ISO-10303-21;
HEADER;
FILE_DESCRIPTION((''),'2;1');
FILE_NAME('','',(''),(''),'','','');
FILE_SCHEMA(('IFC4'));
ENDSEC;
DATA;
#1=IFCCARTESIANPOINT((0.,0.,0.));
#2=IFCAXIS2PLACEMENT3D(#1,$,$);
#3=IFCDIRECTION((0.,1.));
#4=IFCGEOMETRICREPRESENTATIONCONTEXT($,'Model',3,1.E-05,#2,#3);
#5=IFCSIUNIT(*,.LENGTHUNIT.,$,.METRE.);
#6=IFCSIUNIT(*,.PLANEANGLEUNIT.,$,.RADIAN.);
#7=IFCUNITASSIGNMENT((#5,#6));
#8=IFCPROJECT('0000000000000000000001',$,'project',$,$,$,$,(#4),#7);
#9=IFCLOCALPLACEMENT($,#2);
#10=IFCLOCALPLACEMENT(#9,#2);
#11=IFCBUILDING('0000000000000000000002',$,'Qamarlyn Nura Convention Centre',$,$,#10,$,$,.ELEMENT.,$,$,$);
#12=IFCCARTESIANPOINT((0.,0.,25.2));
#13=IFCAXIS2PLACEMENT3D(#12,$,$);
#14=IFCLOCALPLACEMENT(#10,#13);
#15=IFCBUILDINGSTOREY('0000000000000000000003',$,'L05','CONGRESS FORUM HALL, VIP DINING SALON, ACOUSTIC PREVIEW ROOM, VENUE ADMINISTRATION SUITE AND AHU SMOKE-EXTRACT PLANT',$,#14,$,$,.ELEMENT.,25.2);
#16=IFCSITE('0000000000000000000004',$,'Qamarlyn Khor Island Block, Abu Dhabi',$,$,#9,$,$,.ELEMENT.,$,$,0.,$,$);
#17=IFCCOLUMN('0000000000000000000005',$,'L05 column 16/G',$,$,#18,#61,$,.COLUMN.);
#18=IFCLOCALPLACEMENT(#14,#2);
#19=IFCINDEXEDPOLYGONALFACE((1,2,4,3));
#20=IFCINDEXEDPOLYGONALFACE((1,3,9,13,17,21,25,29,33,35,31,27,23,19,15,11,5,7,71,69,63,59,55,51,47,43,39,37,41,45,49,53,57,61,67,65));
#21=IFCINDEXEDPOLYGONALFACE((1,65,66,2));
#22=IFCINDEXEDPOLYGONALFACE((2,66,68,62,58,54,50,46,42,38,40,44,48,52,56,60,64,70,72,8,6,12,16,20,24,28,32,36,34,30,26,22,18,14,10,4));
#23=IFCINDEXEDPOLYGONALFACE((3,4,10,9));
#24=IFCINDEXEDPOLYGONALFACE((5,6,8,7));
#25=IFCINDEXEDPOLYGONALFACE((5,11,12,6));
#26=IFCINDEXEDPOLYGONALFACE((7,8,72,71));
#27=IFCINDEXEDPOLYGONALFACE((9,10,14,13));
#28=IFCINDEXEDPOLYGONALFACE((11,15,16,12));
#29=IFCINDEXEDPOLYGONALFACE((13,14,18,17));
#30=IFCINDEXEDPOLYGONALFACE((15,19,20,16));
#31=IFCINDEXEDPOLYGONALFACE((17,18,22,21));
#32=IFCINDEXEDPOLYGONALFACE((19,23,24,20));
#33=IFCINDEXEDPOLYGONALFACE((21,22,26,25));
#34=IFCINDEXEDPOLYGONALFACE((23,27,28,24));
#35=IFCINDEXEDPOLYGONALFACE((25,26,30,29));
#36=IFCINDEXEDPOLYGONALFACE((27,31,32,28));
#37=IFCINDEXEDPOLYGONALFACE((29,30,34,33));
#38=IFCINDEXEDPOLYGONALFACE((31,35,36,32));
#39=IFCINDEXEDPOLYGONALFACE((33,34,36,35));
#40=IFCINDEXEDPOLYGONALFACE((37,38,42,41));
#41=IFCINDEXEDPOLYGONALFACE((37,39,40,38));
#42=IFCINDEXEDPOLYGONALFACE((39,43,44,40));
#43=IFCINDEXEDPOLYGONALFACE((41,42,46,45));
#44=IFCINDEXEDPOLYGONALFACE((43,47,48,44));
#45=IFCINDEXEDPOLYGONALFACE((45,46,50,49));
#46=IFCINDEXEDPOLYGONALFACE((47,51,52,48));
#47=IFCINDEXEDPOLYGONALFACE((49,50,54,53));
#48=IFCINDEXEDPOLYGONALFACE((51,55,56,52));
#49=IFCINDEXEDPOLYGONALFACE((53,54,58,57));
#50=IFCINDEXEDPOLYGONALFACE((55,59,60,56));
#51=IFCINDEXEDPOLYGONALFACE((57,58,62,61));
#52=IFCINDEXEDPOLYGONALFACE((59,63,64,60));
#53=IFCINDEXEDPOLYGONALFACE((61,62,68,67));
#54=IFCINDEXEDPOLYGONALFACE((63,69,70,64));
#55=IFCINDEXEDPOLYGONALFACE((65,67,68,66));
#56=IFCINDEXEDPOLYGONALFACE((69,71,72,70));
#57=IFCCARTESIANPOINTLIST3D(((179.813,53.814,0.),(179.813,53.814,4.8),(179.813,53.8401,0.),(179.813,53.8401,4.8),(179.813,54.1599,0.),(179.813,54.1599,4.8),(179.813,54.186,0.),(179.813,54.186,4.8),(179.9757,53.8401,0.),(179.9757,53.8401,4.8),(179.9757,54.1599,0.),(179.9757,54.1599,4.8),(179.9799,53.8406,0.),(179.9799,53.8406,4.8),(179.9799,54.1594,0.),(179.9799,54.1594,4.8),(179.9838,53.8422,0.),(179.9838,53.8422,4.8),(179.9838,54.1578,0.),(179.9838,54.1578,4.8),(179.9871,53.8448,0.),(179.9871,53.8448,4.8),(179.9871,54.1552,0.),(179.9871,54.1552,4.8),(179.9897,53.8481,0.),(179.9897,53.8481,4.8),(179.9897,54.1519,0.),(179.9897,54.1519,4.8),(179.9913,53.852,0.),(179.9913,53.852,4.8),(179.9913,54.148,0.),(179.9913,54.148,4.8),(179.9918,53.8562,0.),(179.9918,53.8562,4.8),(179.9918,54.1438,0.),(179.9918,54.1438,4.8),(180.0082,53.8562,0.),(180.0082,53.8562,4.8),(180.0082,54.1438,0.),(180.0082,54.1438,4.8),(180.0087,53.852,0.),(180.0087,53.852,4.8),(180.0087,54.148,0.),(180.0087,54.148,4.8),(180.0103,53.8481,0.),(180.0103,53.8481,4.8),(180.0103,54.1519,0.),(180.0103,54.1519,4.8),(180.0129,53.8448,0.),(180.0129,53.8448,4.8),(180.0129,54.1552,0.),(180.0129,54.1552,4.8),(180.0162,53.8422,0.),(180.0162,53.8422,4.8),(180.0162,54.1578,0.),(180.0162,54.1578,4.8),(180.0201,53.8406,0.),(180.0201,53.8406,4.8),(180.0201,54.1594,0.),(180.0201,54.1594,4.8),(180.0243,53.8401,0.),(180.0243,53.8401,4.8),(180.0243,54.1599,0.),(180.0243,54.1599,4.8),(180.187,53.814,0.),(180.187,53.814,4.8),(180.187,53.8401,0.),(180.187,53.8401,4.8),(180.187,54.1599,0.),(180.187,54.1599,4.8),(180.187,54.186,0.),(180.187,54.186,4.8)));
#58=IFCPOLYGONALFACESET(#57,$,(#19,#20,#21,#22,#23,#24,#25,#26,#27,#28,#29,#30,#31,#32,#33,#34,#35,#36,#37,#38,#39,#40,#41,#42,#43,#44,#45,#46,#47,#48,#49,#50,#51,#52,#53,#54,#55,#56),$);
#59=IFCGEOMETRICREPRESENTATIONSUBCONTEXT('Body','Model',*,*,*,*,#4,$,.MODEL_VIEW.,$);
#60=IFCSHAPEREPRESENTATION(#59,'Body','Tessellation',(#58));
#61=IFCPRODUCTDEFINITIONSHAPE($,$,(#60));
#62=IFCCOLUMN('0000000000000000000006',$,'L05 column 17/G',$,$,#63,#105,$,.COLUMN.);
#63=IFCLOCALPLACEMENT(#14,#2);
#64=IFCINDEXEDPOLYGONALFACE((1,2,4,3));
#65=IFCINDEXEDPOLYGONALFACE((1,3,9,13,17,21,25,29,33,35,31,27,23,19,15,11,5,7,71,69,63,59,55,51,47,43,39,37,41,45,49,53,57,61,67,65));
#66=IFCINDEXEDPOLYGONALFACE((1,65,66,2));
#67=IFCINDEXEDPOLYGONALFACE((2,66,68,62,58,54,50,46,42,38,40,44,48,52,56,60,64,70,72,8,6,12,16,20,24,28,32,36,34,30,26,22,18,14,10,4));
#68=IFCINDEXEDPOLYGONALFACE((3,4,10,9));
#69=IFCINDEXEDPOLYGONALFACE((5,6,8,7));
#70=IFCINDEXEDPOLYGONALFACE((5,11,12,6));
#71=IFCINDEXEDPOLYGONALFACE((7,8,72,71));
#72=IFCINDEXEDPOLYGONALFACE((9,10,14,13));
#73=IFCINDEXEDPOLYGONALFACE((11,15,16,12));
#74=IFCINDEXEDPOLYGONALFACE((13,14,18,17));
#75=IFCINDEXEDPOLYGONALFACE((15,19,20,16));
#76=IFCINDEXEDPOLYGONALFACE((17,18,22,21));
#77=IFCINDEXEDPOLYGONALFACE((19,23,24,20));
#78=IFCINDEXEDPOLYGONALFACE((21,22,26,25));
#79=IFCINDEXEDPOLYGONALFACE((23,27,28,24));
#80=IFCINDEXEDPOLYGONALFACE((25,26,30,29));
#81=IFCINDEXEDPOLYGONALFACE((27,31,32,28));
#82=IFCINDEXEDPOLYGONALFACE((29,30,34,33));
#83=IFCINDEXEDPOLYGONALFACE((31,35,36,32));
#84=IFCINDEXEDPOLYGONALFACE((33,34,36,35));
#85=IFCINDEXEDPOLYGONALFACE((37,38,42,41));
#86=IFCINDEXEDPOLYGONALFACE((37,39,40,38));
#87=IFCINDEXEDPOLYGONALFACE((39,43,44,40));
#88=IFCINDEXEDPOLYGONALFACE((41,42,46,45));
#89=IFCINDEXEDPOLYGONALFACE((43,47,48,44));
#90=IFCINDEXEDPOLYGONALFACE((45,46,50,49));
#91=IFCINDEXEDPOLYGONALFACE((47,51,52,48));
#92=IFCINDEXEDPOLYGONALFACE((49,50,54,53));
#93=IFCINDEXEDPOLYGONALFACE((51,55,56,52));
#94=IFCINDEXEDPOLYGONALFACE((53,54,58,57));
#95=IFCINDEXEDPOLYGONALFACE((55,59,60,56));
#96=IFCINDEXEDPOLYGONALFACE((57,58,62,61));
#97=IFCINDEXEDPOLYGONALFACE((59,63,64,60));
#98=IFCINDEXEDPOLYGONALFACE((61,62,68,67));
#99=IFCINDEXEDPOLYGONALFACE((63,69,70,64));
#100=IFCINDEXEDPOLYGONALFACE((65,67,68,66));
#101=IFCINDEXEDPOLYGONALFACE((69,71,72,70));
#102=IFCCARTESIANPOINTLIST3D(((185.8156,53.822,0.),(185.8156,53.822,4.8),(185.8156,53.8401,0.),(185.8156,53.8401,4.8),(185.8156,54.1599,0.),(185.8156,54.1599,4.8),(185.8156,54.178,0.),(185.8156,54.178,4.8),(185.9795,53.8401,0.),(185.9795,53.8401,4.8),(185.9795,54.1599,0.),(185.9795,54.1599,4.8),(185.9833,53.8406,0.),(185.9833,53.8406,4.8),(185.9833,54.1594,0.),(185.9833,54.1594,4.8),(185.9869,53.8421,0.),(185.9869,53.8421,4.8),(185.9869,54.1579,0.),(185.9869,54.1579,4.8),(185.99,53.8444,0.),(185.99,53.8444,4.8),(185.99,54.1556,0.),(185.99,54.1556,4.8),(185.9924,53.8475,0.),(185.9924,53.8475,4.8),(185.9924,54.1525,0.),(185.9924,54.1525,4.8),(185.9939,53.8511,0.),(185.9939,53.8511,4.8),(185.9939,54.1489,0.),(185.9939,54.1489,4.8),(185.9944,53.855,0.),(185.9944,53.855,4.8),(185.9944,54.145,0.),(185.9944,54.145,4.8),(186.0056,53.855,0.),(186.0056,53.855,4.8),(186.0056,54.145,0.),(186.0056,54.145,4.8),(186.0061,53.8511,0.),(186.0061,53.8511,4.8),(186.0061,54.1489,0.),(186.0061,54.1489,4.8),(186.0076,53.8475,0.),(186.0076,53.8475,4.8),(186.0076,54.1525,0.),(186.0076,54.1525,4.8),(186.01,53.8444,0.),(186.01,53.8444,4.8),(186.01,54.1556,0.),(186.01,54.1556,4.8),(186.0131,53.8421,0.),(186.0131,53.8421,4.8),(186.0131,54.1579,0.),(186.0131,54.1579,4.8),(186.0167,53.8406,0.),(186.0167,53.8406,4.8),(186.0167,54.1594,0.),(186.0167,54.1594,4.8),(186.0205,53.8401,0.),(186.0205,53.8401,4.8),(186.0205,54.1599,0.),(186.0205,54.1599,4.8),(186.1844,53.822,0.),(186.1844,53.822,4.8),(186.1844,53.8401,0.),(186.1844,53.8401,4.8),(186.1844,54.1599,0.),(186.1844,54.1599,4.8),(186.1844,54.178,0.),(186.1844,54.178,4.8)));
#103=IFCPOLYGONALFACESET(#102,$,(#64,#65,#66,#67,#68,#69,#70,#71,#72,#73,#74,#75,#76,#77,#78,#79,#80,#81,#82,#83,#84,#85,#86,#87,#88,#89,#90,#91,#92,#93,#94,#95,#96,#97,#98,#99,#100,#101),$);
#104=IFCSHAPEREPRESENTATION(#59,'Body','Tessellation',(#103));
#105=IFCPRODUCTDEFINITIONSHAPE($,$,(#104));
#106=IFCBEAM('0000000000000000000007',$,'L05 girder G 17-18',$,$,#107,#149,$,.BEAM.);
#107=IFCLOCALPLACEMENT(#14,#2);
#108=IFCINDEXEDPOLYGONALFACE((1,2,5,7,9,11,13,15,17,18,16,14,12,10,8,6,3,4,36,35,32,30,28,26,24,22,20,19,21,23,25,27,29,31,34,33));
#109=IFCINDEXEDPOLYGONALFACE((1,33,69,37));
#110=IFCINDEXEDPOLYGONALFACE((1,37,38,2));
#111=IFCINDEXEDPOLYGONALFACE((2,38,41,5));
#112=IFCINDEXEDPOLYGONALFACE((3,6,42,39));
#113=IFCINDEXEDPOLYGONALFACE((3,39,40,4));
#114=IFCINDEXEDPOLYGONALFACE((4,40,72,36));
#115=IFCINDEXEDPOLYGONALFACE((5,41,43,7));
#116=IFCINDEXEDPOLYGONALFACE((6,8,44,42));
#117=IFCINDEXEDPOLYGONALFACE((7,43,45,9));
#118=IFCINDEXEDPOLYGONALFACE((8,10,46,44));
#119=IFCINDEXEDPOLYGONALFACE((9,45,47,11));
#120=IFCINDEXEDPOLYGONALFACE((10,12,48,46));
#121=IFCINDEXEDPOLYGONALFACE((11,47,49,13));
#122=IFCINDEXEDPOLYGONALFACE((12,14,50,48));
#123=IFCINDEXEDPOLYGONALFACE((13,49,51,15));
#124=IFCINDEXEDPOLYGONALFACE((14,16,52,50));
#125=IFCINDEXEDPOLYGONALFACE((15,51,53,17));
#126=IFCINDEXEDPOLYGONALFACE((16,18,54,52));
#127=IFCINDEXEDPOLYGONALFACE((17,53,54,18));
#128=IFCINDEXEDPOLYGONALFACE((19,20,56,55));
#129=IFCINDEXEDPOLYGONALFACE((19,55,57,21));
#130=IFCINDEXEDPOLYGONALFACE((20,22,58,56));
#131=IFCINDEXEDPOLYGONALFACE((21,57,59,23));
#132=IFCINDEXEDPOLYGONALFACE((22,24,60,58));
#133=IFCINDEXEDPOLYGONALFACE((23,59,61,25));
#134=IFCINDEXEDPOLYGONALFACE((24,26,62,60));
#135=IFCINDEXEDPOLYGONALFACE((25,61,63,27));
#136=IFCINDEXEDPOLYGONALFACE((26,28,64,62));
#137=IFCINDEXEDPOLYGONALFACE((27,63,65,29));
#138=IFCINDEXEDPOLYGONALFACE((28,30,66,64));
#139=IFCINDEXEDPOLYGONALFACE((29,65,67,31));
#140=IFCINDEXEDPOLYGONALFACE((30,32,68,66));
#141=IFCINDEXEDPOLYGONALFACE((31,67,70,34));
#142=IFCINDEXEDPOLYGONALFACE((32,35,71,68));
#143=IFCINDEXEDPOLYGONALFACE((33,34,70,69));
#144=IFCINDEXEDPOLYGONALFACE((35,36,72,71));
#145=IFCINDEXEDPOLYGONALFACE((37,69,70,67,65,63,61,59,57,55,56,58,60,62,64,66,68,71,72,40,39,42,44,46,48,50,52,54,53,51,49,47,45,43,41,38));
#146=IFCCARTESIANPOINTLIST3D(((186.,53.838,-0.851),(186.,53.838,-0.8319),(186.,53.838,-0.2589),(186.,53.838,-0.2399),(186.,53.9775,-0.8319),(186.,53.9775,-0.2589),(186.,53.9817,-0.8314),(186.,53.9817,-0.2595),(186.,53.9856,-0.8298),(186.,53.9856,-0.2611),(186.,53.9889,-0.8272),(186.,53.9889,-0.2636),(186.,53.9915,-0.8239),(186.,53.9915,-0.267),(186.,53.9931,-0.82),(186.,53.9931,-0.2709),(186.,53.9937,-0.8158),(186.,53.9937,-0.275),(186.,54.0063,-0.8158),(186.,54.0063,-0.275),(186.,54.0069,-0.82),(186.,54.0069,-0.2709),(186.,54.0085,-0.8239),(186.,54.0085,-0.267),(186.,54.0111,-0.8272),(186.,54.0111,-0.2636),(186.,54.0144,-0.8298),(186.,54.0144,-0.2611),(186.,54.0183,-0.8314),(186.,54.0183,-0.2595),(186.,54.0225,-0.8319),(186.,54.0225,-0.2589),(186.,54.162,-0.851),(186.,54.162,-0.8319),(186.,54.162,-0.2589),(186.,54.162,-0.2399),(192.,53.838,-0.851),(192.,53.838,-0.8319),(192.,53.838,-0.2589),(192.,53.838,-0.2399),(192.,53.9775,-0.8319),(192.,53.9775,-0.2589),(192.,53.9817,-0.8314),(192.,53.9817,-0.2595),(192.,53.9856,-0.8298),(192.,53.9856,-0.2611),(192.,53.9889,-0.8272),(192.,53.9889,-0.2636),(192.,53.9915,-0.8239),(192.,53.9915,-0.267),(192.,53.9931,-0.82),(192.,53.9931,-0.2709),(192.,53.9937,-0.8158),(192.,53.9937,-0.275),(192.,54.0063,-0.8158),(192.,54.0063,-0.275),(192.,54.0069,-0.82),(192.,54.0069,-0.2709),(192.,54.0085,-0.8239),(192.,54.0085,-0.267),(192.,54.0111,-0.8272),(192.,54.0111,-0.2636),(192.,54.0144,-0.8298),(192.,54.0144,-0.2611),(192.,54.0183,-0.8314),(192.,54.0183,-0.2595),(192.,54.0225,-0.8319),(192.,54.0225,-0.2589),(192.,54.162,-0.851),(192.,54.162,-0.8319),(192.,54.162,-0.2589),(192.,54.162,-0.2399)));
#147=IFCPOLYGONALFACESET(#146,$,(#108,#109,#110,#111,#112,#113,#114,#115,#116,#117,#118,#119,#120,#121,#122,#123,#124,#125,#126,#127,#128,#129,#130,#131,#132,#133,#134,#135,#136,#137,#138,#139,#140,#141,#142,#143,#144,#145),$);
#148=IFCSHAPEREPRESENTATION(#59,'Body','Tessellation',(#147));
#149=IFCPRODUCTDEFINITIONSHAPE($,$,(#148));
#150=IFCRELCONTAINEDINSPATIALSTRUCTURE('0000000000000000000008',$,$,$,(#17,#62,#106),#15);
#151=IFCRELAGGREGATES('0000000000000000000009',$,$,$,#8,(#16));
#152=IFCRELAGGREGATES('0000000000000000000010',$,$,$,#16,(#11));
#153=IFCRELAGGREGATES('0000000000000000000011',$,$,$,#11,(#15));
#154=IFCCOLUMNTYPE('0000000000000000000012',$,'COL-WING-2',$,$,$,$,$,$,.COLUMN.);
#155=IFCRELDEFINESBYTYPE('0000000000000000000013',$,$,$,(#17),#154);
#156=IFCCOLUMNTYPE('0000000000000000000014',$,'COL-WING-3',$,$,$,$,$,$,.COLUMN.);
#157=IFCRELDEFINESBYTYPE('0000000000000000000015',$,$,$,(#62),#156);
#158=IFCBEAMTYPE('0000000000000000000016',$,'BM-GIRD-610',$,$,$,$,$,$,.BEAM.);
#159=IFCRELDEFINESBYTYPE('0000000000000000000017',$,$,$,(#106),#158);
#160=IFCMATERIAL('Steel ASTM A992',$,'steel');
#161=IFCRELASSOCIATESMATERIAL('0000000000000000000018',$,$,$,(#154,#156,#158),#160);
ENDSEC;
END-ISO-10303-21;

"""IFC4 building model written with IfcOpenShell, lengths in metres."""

from ifc_helpers import new_model, si_unit, direction, frame, origin, origin_2d, place, context, subcontext, project, spatial, i_section, extrude, material, material_profile, profile_set, type_object, element, save


model = new_model("IFC4")

# Units and contexts
model_context = context("Model", 3, precision=1e-05, world=origin(), true_north=direction((0.0, 1.0)))
body_context = subcontext(model_context, "Body", "Model", "MODEL_VIEW")
ifc_project = project(units=[si_unit("LENGTHUNIT", "METRE"), si_unit("PLANEANGLEUNIT", "RADIAN")], contexts=[model_context])

# Site, building, storey
site_placement = place(None, origin())
site = spatial("IfcSite", under=ifc_project, at=site_placement, Name="Qamarlyn Khor Island Block, Abu Dhabi", CompositionType="ELEMENT", RefElevation=0.0)
building_placement = place(site_placement, origin())
building = spatial("IfcBuilding", under=site, at=building_placement, Name="Qamarlyn Nura Convention Centre", CompositionType="ELEMENT")
storey_placement = place(building_placement, frame((0.0, 0.0, 25.2)))
storey = spatial("IfcBuildingStorey", under=building, at=storey_placement, Name="L05", Description="CONGRESS FORUM HALL, VIP DINING SALON, ACOUSTIC PREVIEW ROOM, VENUE ADMINISTRATION SUITE AND AHU SMOKE-EXTRACT PLANT", CompositionType="ELEMENT", Elevation=25.2)

# Columns
ifc_material_1 = material(Name="Steel ASTM A992", Category="steel")
ifc_material_profile_1 = material_profile(ifc_material_1, i_section(OverallWidth=0.374, OverallDepth=0.3721, WebThickness=0.0164, FlangeThickness=0.0261, FilletRadius=0.0161, at=origin_2d()), Name="W360X196")
ifc_profile_set_1 = profile_set([ifc_material_profile_1], Name="Steel ASTM A992")
column_type_1 = type_object("IfcColumnType", Name="COL-WING-2", PredefinedType="COLUMN", material=ifc_profile_set_1)
column_1_placement = place(storey_placement, frame((180.0, 54.0, 0.0), z_axis=(0.0, 0.0, 1.0), x_axis=(1.0, 0.0, 0.0)))
element("IfcColumn", 1, at=column_1_placement, inside=storey, type_object=column_type_1, Name="L05 column 16/G", PredefinedType="COLUMN", context=body_context, shape_type="SweptSolid", body=[
    extrude(i_section(OverallWidth=0.374, OverallDepth=0.3721, WebThickness=0.0164, FlangeThickness=0.0261, FilletRadius=0.0161, at=origin_2d()), origin(), (0.0, 0.0, 1.0), 4.8),
])
ifc_material_profile_2 = material_profile(ifc_material_1, i_section(OverallWidth=0.3689, OverallDepth=0.356, WebThickness=0.0112, FlangeThickness=0.0181, FilletRadius=0.0149, at=origin_2d()), Name="W360X134")
ifc_profile_set_2 = profile_set([ifc_material_profile_2], Name="Steel ASTM A992")
column_type_2 = type_object("IfcColumnType", Name="COL-WING-3", PredefinedType="COLUMN", material=ifc_profile_set_2)
column_2_placement = place(storey_placement, frame((186.0, 54.0, 0.0), z_axis=(0.0, 0.0, 1.0), x_axis=(1.0, 0.0, 0.0)))
element("IfcColumn", 2, at=column_2_placement, inside=storey, type_object=column_type_2, Name="L05 column 17/G", PredefinedType="COLUMN", context=body_context, shape_type="SweptSolid", body=[
    extrude(i_section(OverallWidth=0.3689, OverallDepth=0.356, WebThickness=0.0112, FlangeThickness=0.0181, FilletRadius=0.0149, at=origin_2d()), origin(), (0.0, 0.0, 1.0), 4.8),
])

# Beam
ifc_material_profile_3 = material_profile(ifc_material_1, i_section(OverallWidth=0.324, OverallDepth=0.6111, WebThickness=0.0127, FlangeThickness=0.019, FilletRadius=0.0161, at=origin_2d()), Name="W610X155")
ifc_profile_set_3 = profile_set([ifc_material_profile_3], Name="Steel ASTM A992")
beam_type_1 = type_object("IfcBeamType", Name="BM-GIRD-610", PredefinedType="BEAM", material=ifc_profile_set_3)
beam_1_placement = place(storey_placement, frame((186.0, 54.0, -0.5454), z_axis=(1.0, 0.0, 0.0), x_axis=(0.0, 1.0, 0.0)))
element("IfcBeam", 3, at=beam_1_placement, inside=storey, type_object=beam_type_1, Name="L05 girder G 17-18", PredefinedType="BEAM", context=body_context, shape_type="SweptSolid", body=[
    extrude(i_section(OverallWidth=0.324, OverallDepth=0.6111, WebThickness=0.0127, FlangeThickness=0.019, FilletRadius=0.0161, at=origin_2d()), origin(), (0.0, 0.0, 1.0), 6.0),
])

save(model, "model.ifc")
